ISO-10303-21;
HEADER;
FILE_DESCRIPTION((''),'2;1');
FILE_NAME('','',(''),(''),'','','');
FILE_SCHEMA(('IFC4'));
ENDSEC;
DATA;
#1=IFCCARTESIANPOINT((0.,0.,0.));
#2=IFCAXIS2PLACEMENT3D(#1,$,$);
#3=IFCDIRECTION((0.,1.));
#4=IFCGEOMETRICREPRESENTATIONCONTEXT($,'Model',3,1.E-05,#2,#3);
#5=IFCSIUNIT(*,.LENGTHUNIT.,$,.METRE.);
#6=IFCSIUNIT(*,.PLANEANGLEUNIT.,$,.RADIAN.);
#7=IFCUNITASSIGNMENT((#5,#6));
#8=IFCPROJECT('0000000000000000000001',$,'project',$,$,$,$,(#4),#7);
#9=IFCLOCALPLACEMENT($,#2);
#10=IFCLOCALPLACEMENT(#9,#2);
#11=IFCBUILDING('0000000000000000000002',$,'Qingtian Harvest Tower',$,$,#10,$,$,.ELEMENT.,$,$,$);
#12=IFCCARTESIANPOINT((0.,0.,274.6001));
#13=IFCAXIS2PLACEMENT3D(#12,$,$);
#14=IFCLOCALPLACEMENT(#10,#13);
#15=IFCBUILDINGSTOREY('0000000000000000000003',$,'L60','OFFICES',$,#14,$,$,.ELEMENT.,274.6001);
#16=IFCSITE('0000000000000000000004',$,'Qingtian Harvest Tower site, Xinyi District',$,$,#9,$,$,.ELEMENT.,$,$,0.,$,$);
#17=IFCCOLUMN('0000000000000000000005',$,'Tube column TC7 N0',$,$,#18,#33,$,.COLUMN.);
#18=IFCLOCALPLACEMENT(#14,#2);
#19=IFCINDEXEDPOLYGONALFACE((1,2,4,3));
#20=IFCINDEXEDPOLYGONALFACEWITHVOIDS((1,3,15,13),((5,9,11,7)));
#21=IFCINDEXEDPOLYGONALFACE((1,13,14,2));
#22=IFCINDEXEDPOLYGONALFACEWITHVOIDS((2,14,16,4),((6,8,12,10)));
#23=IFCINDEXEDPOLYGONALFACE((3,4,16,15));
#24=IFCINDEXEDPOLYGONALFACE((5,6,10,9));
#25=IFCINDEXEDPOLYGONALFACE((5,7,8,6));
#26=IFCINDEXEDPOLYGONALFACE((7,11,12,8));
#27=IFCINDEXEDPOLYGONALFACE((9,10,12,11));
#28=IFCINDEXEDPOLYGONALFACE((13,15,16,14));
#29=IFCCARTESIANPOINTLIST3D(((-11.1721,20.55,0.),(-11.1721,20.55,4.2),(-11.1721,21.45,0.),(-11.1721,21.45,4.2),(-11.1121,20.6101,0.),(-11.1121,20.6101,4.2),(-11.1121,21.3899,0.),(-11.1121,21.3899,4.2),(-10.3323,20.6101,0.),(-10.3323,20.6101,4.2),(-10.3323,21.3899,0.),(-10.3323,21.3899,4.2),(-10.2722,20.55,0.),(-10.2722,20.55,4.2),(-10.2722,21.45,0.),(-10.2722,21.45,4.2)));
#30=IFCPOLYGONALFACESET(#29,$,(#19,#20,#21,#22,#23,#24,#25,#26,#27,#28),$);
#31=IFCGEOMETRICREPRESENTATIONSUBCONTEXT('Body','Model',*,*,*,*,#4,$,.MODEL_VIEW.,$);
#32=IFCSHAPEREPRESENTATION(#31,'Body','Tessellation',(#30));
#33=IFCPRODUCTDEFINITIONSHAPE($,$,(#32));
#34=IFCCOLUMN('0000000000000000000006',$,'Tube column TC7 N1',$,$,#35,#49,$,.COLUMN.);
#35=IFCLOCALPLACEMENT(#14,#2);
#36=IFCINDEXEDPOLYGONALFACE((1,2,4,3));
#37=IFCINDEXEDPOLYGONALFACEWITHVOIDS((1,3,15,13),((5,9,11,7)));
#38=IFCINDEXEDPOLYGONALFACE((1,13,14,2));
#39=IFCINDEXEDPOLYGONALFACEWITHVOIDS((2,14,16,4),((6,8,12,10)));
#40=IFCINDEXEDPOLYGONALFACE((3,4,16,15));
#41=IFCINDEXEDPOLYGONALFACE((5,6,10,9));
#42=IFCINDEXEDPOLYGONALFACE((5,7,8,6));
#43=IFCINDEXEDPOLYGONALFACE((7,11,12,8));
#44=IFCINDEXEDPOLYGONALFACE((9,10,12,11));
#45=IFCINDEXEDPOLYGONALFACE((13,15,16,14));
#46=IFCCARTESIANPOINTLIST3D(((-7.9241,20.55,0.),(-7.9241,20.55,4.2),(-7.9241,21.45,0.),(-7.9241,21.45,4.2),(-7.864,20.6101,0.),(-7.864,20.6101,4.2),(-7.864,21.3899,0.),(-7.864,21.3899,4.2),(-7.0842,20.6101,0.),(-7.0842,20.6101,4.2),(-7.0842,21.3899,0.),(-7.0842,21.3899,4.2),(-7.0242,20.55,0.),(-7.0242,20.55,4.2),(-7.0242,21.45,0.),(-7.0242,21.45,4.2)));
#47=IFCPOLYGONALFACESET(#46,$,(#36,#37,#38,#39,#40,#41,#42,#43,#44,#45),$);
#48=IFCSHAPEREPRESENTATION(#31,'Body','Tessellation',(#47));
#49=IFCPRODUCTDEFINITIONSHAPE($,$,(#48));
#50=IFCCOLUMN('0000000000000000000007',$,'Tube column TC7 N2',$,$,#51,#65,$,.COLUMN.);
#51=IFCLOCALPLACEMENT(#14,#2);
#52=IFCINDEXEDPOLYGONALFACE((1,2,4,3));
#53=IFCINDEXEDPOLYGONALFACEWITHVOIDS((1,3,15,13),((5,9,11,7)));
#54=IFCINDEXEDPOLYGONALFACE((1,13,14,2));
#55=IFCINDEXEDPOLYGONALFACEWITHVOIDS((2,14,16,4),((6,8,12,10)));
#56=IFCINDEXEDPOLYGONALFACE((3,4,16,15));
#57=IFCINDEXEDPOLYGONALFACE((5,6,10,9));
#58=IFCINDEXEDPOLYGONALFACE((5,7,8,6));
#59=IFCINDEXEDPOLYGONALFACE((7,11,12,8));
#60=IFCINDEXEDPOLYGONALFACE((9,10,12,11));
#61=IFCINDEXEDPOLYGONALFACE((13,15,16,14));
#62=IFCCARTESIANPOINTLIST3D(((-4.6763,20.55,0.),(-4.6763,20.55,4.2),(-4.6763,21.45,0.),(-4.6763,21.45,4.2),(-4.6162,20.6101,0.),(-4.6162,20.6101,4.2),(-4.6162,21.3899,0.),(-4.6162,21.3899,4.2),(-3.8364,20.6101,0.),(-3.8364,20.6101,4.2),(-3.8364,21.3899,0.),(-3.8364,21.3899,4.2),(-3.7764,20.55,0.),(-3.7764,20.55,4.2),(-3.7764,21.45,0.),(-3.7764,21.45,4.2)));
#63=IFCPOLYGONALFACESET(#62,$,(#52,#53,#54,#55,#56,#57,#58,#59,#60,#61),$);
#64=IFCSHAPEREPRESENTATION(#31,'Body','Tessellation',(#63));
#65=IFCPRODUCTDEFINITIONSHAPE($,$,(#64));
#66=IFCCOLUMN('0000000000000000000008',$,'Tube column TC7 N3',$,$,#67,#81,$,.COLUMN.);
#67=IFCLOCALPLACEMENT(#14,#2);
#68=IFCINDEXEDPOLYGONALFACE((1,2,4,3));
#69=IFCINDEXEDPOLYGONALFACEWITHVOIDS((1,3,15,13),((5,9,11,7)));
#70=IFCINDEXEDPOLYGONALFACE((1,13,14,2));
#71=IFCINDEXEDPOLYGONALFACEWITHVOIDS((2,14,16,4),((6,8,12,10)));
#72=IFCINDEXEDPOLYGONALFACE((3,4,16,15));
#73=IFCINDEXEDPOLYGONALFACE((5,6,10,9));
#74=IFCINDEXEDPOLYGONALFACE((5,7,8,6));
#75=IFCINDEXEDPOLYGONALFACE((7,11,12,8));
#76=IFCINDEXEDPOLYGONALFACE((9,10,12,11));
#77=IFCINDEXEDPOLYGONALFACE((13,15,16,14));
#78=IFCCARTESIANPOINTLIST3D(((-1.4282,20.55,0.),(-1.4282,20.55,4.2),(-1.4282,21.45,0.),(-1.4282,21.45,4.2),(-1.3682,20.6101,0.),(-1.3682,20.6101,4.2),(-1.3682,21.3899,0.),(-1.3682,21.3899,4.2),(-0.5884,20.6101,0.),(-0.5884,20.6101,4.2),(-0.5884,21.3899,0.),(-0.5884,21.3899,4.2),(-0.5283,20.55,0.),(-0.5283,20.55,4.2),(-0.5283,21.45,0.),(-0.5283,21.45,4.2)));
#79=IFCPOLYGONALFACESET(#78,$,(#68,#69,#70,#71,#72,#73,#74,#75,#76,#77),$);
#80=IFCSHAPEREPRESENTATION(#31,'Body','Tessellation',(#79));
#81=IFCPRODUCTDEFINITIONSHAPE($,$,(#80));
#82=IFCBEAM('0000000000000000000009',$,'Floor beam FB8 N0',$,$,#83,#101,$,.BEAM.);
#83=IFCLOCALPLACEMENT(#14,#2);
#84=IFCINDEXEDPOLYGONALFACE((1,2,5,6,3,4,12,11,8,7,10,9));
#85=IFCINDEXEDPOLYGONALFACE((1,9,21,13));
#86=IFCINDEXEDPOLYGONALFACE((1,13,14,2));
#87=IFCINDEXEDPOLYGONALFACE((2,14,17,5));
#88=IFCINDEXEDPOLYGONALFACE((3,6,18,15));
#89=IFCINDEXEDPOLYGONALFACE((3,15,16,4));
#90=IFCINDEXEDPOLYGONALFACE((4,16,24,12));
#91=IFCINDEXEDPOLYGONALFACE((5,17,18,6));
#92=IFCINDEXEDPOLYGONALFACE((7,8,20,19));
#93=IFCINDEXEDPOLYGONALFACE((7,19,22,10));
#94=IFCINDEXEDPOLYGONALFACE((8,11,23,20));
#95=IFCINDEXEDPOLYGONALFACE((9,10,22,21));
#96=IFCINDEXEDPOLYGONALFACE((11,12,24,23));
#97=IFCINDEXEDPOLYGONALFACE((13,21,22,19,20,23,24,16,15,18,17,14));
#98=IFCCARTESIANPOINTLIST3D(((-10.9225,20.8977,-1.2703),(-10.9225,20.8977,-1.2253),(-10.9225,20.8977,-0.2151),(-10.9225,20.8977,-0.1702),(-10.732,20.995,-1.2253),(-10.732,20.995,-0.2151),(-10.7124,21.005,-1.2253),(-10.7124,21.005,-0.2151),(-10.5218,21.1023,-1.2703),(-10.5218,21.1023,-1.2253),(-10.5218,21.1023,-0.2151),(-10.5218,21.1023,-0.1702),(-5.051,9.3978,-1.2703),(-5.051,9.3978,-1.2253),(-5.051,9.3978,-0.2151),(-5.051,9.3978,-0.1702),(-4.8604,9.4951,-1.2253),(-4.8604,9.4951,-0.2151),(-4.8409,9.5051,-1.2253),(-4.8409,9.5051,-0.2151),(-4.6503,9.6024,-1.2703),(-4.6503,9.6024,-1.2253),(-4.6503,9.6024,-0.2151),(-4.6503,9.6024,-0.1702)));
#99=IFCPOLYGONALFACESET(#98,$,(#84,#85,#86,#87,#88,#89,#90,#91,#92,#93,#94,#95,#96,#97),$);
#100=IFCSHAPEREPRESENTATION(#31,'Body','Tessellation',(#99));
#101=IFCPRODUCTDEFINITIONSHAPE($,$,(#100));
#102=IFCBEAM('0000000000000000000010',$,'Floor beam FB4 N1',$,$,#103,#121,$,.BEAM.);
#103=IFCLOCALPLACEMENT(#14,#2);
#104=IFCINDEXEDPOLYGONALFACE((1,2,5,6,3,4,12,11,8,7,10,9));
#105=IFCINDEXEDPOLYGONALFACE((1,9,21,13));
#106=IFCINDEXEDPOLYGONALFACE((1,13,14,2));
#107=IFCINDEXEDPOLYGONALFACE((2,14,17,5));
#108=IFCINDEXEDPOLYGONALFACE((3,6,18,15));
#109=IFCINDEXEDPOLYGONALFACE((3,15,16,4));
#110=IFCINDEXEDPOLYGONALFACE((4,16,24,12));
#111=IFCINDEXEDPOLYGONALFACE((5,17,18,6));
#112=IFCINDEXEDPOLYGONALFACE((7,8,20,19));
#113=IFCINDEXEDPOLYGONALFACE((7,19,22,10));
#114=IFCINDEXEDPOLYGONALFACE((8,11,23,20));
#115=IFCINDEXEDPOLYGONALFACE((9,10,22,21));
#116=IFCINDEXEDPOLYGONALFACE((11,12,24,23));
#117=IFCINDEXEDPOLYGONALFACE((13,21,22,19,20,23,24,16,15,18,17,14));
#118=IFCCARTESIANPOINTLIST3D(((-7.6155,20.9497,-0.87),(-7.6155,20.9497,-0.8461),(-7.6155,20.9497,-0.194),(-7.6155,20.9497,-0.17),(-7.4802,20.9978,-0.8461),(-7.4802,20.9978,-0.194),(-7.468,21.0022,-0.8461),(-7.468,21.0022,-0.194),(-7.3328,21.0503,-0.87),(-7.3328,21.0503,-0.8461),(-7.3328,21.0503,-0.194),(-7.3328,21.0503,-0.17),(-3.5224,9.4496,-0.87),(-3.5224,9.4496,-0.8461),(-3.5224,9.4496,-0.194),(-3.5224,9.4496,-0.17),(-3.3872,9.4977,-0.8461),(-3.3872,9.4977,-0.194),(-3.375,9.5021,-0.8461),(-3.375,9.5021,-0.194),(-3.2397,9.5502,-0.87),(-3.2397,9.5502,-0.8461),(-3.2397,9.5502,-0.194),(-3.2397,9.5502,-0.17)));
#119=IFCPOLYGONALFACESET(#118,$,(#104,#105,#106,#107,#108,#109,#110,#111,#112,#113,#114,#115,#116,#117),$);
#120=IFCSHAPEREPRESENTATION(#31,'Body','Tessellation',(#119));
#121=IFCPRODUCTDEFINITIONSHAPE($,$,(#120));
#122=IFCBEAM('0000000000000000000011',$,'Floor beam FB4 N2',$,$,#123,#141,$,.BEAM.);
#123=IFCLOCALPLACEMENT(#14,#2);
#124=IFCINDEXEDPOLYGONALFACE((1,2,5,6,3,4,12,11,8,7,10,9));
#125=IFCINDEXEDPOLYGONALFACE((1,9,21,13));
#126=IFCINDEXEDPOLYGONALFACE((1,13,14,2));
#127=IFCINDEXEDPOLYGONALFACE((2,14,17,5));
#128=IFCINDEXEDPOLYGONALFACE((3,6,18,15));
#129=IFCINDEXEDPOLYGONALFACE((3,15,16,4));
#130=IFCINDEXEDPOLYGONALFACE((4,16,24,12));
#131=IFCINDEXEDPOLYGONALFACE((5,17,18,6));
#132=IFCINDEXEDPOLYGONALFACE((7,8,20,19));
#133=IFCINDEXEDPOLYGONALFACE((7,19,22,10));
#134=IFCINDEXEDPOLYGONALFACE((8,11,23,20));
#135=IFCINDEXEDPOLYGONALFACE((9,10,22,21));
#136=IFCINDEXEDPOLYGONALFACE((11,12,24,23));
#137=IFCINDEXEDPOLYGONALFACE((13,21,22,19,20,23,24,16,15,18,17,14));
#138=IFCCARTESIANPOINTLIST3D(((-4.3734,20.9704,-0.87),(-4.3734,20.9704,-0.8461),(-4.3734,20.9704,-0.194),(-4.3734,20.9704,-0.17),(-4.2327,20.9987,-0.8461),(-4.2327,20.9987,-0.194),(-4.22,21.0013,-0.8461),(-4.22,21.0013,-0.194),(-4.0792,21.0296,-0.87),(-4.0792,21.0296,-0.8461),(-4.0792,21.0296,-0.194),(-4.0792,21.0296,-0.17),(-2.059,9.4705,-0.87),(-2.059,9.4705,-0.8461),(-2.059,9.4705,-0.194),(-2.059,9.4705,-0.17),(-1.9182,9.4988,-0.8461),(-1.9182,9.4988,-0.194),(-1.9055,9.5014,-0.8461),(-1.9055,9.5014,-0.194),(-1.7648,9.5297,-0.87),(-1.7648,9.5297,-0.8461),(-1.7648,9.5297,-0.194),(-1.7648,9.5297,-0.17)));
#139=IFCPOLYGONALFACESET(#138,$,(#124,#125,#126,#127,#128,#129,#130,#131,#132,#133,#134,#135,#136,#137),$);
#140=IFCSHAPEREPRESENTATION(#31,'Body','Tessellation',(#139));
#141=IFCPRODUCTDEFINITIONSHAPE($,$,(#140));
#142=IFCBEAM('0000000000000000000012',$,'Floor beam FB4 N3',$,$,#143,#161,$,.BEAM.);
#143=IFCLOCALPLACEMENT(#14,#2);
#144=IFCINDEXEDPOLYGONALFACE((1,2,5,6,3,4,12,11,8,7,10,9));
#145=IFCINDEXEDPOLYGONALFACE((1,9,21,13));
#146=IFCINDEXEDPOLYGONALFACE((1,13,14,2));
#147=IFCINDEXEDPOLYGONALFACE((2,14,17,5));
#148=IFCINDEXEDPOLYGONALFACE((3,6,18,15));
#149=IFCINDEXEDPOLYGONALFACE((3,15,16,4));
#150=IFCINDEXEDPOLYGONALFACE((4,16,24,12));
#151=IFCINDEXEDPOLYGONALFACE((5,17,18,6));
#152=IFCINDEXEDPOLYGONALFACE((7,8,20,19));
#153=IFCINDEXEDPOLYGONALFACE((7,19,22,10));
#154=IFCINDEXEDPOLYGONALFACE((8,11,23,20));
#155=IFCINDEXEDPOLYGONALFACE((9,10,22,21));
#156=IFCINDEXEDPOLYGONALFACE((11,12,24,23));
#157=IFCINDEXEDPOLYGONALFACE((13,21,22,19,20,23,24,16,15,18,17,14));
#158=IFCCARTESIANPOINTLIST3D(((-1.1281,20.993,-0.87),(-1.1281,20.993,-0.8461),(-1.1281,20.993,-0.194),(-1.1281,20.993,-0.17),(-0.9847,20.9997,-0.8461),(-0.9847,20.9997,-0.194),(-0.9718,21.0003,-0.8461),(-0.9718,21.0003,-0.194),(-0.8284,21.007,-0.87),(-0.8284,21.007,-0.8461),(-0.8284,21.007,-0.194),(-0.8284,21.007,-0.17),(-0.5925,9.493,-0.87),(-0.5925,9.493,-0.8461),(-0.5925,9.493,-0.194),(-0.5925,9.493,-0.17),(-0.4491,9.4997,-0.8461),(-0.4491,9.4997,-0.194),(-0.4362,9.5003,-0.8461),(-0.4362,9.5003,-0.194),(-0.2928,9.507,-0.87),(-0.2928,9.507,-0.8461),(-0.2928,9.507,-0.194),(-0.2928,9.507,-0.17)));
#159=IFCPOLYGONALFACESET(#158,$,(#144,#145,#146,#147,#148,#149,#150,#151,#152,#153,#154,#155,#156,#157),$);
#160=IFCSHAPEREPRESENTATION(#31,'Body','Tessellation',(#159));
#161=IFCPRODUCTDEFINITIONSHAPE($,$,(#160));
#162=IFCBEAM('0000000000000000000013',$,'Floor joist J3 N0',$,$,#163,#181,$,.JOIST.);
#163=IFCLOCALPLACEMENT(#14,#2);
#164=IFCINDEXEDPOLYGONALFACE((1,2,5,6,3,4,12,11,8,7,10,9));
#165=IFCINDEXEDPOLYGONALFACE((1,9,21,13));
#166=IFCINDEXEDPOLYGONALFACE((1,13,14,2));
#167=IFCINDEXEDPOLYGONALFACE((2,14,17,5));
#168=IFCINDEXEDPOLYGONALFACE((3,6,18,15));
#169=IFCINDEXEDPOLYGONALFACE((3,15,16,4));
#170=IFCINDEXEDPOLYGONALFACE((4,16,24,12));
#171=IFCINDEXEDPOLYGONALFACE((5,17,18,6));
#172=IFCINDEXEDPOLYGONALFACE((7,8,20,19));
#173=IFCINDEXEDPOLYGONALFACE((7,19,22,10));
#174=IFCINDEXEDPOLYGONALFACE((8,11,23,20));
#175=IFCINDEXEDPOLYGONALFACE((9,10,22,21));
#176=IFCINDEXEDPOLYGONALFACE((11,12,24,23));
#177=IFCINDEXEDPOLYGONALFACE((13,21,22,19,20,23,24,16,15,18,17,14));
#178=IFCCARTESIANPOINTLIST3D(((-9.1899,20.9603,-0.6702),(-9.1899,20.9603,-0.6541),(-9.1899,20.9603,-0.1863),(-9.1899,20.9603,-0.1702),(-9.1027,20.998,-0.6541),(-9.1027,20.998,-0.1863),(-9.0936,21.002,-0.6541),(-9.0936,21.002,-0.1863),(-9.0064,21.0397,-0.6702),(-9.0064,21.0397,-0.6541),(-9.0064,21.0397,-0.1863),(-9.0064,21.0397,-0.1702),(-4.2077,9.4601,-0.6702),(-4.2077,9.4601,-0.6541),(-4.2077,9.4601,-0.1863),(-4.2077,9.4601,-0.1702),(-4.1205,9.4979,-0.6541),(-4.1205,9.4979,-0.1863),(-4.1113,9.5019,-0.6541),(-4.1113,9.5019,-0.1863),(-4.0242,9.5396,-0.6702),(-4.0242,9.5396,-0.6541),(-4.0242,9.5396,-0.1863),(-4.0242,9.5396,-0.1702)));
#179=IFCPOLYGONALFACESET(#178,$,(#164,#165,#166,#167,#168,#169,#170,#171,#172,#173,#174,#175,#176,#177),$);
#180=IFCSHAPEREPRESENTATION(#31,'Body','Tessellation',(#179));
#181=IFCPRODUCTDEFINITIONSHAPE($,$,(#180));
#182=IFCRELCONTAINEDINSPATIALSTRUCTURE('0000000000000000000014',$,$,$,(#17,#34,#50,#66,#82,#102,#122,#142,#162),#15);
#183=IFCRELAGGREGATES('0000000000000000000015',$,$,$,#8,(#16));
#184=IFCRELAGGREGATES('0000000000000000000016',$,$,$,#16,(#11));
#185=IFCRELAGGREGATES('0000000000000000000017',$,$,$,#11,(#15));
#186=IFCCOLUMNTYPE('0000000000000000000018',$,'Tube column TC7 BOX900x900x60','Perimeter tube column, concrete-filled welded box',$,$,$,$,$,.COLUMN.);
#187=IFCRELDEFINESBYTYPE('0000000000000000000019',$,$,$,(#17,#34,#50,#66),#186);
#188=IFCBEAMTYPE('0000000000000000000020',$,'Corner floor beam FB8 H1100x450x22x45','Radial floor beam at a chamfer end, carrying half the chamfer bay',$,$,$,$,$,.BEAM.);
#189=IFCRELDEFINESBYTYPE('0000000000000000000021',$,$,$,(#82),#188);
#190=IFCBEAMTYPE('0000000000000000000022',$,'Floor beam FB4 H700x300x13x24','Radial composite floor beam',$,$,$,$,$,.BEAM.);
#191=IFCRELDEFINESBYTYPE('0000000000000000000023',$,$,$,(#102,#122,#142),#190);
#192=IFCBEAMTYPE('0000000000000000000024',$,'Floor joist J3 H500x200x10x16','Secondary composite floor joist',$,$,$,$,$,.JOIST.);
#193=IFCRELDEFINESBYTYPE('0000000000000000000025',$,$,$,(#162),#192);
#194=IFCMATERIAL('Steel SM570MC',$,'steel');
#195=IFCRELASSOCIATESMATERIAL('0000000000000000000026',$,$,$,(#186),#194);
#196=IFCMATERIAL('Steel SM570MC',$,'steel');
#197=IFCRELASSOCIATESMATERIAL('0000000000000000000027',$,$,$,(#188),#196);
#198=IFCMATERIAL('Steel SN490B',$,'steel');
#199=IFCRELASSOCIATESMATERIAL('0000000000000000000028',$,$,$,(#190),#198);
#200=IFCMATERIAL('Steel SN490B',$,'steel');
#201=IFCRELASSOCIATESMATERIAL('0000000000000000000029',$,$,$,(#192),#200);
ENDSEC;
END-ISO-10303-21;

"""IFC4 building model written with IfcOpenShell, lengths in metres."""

from ifc_helpers import new_model, si_unit, direction, frame, origin, origin_2d, place, context, subcontext, project, spatial, hollow_rectangle, i_section, extrude, material, material_profile, profile_set, type_object, element, save


model = new_model("IFC4")

# Units and contexts
model_context = context("Model", 3, precision=1e-05, world=origin(), true_north=direction((0.0, 1.0)))
body_context = subcontext(model_context, "Body", "Model", "MODEL_VIEW")
ifc_project = project(units=[si_unit("LENGTHUNIT", "METRE"), si_unit("PLANEANGLEUNIT", "RADIAN")], contexts=[model_context])

# Site, building, storey
site_placement = place(None, origin())
site = spatial("IfcSite", under=ifc_project, at=site_placement, Name="Qingtian Harvest Tower site, Xinyi District", CompositionType="ELEMENT", RefElevation=0.0)
building_placement = place(site_placement, origin())
building = spatial("IfcBuilding", under=site, at=building_placement, Name="Qingtian Harvest Tower", CompositionType="ELEMENT")
storey_placement = place(building_placement, frame((0.0, 0.0, 274.6001)))
storey = spatial("IfcBuildingStorey", under=building, at=storey_placement, Name="L60", Description="OFFICES", CompositionType="ELEMENT", Elevation=274.6001)

# Columns
ifc_material_1 = material(Name="Steel SM570MC", Category="steel")
ifc_material_profile_1 = material_profile(ifc_material_1, hollow_rectangle(XDim=0.8999, YDim=0.8999, WallThickness=0.0601, at=origin_2d()), Name="BOX900x900x60")
ifc_profile_set_1 = profile_set([ifc_material_profile_1], Name="Steel SM570MC")
column_type = type_object("IfcColumnType", Name="Tube column TC7 BOX900x900x60", Description="Perimeter tube column, concrete-filled welded box", PredefinedType="COLUMN", material=ifc_profile_set_1)
for number, where, z_axis, x_axis, name in (
    (1, (-10.7222, 21.0, 0.0), (0.0, 0.0, 1.0), (-1.0, 0.0, 0.0), "Tube column TC7 N0"),
    (2, (-7.4741, 21.0, 0.0), (0.0, 0.0, 1.0), (-1.0, 0.0, 0.0), "Tube column TC7 N1"),
    (3, (-4.2263, 21.0, 0.0), (0.0, 0.0, 1.0), (-1.0, 0.0, 0.0), "Tube column TC7 N2"),
    (4, (-0.9783, 21.0, 0.0), (0.0, 0.0, 1.0), (-1.0, 0.0, 0.0), "Tube column TC7 N3"),
):
    element("IfcColumn", number, at=place(storey_placement, frame(where, z_axis=z_axis, x_axis=x_axis)), inside=storey, type_object=column_type, Name=name, PredefinedType="COLUMN", context=body_context, shape_type="SweptSolid", body=[
        extrude(hollow_rectangle(XDim=0.8999, YDim=0.8999, WallThickness=0.0601, at=origin_2d()), origin(), (0.0, 0.0, 1.0), 4.2),
    ])

# Beams
ifc_material_2 = material(Name="Steel SM570MC", Category="steel")
ifc_material_profile_2 = material_profile(ifc_material_2, i_section(OverallWidth=0.45, OverallDepth=1.1001, WebThickness=0.022, FlangeThickness=0.0449, at=origin_2d()), Name="H1100x450x22x45")
ifc_profile_set_2 = profile_set([ifc_material_profile_2], Name="Steel SM570MC")
beam_type_1 = type_object("IfcBeamType", Name="Corner floor beam FB8 H1100x450x22x45", Description="Radial floor beam at a chamfer end, carrying half the chamfer bay", PredefinedType="BEAM", material=ifc_profile_set_2)
beam_1_placement = place(storey_placement, frame((-10.7222, 21.0, -0.7202), z_axis=(0.454731, -0.890629, 0.0), x_axis=(0.890629, 0.454731, 0.0)))
element("IfcBeam", 5, at=beam_1_placement, inside=storey, type_object=beam_type_1, Name="Floor beam FB8 N0", PredefinedType="BEAM", context=body_context, shape_type="SweptSolid", body=[
    extrude(i_section(OverallWidth=0.45, OverallDepth=1.1001, WebThickness=0.022, FlangeThickness=0.0449, at=origin_2d()), origin(), (0.0, 0.0, 1.0), 12.9121),
])
ifc_material_3 = material(Name="Steel SN490B", Category="steel")
ifc_material_profile_3 = material_profile(ifc_material_3, i_section(OverallWidth=0.3, OverallDepth=0.7, WebThickness=0.0129, FlangeThickness=0.0239, at=origin_2d()), Name="H700x300x13x24")
ifc_profile_set_3 = profile_set([ifc_material_profile_3], Name="Steel SN490B")
beam_type_2 = type_object("IfcBeamType", Name="Floor beam FB4 H700x300x13x24", Description="Radial composite floor beam", PredefinedType="BEAM", material=ifc_profile_set_3)
beam_2_placement = place(storey_placement, frame((-7.4741, 21.0, -0.52), z_axis=(0.33531, -0.942108, 0.0), x_axis=(0.942108, 0.33531, 0.0)))
element("IfcBeam", 6, at=beam_2_placement, inside=storey, type_object=beam_type_2, Name="Floor beam FB4 N1", PredefinedType="BEAM", context=body_context, shape_type="SweptSolid", body=[
    extrude(i_section(OverallWidth=0.3, OverallDepth=0.7, WebThickness=0.0129, FlangeThickness=0.0239, at=origin_2d()), origin(), (0.0, 0.0, 1.0), 12.2068),
])
beam_3_placement = place(storey_placement, frame((-4.2263, 21.0, -0.52), z_axis=(0.197301, -0.980343, 0.0), x_axis=(0.980343, 0.197301, 0.0)))
element("IfcBeam", 7, at=beam_3_placement, inside=storey, type_object=beam_type_2, Name="Floor beam FB4 N2", PredefinedType="BEAM", context=body_context, shape_type="SweptSolid", body=[
    extrude(i_section(OverallWidth=0.3, OverallDepth=0.7, WebThickness=0.0129, FlangeThickness=0.0239, at=origin_2d()), origin(), (0.0, 0.0, 1.0), 11.7305),
])
beam_4_placement = place(storey_placement, frame((-0.9783, 21.0, -0.52), z_axis=(0.046527, -0.998917, 0.0), x_axis=(0.998917, 0.046527, 0.0)))
element("IfcBeam", 8, at=beam_4_placement, inside=storey, type_object=beam_type_2, Name="Floor beam FB4 N3", PredefinedType="BEAM", context=body_context, shape_type="SweptSolid", body=[
    extrude(i_section(OverallWidth=0.3, OverallDepth=0.7, WebThickness=0.0129, FlangeThickness=0.0239, at=origin_2d()), origin(), (0.0, 0.0, 1.0), 11.5125),
])
ifc_material_4 = material(Name="Steel SN490B", Category="steel")
ifc_material_profile_4 = material_profile(ifc_material_4, i_section(OverallWidth=0.2, OverallDepth=0.5, WebThickness=0.01, FlangeThickness=0.0161, at=origin_2d()), Name="H500x200x10x16")
ifc_profile_set_4 = profile_set([ifc_material_profile_4], Name="Steel SN490B")
beam_type_3 = type_object("IfcBeamType", Name="Floor joist J3 H500x200x10x16", Description="Secondary composite floor joist", PredefinedType="JOIST", material=ifc_profile_set_4)
beam_5_placement = place(storey_placement, frame((-9.0981, 21.0, -0.4202), z_axis=(0.39753, -0.917589, 0.0), x_axis=(0.917589, 0.39753, 0.0)))
element("IfcBeam", 9, at=beam_5_placement, inside=storey, type_object=beam_type_3, Name="Floor joist J3 N0", PredefinedType="JOIST", context=body_context, shape_type="SweptSolid", body=[
    extrude(i_section(OverallWidth=0.2, OverallDepth=0.5, WebThickness=0.01, FlangeThickness=0.0161, at=origin_2d()), origin(), (0.0, 0.0, 1.0), 12.533),
])

save(model, "model.ifc")
